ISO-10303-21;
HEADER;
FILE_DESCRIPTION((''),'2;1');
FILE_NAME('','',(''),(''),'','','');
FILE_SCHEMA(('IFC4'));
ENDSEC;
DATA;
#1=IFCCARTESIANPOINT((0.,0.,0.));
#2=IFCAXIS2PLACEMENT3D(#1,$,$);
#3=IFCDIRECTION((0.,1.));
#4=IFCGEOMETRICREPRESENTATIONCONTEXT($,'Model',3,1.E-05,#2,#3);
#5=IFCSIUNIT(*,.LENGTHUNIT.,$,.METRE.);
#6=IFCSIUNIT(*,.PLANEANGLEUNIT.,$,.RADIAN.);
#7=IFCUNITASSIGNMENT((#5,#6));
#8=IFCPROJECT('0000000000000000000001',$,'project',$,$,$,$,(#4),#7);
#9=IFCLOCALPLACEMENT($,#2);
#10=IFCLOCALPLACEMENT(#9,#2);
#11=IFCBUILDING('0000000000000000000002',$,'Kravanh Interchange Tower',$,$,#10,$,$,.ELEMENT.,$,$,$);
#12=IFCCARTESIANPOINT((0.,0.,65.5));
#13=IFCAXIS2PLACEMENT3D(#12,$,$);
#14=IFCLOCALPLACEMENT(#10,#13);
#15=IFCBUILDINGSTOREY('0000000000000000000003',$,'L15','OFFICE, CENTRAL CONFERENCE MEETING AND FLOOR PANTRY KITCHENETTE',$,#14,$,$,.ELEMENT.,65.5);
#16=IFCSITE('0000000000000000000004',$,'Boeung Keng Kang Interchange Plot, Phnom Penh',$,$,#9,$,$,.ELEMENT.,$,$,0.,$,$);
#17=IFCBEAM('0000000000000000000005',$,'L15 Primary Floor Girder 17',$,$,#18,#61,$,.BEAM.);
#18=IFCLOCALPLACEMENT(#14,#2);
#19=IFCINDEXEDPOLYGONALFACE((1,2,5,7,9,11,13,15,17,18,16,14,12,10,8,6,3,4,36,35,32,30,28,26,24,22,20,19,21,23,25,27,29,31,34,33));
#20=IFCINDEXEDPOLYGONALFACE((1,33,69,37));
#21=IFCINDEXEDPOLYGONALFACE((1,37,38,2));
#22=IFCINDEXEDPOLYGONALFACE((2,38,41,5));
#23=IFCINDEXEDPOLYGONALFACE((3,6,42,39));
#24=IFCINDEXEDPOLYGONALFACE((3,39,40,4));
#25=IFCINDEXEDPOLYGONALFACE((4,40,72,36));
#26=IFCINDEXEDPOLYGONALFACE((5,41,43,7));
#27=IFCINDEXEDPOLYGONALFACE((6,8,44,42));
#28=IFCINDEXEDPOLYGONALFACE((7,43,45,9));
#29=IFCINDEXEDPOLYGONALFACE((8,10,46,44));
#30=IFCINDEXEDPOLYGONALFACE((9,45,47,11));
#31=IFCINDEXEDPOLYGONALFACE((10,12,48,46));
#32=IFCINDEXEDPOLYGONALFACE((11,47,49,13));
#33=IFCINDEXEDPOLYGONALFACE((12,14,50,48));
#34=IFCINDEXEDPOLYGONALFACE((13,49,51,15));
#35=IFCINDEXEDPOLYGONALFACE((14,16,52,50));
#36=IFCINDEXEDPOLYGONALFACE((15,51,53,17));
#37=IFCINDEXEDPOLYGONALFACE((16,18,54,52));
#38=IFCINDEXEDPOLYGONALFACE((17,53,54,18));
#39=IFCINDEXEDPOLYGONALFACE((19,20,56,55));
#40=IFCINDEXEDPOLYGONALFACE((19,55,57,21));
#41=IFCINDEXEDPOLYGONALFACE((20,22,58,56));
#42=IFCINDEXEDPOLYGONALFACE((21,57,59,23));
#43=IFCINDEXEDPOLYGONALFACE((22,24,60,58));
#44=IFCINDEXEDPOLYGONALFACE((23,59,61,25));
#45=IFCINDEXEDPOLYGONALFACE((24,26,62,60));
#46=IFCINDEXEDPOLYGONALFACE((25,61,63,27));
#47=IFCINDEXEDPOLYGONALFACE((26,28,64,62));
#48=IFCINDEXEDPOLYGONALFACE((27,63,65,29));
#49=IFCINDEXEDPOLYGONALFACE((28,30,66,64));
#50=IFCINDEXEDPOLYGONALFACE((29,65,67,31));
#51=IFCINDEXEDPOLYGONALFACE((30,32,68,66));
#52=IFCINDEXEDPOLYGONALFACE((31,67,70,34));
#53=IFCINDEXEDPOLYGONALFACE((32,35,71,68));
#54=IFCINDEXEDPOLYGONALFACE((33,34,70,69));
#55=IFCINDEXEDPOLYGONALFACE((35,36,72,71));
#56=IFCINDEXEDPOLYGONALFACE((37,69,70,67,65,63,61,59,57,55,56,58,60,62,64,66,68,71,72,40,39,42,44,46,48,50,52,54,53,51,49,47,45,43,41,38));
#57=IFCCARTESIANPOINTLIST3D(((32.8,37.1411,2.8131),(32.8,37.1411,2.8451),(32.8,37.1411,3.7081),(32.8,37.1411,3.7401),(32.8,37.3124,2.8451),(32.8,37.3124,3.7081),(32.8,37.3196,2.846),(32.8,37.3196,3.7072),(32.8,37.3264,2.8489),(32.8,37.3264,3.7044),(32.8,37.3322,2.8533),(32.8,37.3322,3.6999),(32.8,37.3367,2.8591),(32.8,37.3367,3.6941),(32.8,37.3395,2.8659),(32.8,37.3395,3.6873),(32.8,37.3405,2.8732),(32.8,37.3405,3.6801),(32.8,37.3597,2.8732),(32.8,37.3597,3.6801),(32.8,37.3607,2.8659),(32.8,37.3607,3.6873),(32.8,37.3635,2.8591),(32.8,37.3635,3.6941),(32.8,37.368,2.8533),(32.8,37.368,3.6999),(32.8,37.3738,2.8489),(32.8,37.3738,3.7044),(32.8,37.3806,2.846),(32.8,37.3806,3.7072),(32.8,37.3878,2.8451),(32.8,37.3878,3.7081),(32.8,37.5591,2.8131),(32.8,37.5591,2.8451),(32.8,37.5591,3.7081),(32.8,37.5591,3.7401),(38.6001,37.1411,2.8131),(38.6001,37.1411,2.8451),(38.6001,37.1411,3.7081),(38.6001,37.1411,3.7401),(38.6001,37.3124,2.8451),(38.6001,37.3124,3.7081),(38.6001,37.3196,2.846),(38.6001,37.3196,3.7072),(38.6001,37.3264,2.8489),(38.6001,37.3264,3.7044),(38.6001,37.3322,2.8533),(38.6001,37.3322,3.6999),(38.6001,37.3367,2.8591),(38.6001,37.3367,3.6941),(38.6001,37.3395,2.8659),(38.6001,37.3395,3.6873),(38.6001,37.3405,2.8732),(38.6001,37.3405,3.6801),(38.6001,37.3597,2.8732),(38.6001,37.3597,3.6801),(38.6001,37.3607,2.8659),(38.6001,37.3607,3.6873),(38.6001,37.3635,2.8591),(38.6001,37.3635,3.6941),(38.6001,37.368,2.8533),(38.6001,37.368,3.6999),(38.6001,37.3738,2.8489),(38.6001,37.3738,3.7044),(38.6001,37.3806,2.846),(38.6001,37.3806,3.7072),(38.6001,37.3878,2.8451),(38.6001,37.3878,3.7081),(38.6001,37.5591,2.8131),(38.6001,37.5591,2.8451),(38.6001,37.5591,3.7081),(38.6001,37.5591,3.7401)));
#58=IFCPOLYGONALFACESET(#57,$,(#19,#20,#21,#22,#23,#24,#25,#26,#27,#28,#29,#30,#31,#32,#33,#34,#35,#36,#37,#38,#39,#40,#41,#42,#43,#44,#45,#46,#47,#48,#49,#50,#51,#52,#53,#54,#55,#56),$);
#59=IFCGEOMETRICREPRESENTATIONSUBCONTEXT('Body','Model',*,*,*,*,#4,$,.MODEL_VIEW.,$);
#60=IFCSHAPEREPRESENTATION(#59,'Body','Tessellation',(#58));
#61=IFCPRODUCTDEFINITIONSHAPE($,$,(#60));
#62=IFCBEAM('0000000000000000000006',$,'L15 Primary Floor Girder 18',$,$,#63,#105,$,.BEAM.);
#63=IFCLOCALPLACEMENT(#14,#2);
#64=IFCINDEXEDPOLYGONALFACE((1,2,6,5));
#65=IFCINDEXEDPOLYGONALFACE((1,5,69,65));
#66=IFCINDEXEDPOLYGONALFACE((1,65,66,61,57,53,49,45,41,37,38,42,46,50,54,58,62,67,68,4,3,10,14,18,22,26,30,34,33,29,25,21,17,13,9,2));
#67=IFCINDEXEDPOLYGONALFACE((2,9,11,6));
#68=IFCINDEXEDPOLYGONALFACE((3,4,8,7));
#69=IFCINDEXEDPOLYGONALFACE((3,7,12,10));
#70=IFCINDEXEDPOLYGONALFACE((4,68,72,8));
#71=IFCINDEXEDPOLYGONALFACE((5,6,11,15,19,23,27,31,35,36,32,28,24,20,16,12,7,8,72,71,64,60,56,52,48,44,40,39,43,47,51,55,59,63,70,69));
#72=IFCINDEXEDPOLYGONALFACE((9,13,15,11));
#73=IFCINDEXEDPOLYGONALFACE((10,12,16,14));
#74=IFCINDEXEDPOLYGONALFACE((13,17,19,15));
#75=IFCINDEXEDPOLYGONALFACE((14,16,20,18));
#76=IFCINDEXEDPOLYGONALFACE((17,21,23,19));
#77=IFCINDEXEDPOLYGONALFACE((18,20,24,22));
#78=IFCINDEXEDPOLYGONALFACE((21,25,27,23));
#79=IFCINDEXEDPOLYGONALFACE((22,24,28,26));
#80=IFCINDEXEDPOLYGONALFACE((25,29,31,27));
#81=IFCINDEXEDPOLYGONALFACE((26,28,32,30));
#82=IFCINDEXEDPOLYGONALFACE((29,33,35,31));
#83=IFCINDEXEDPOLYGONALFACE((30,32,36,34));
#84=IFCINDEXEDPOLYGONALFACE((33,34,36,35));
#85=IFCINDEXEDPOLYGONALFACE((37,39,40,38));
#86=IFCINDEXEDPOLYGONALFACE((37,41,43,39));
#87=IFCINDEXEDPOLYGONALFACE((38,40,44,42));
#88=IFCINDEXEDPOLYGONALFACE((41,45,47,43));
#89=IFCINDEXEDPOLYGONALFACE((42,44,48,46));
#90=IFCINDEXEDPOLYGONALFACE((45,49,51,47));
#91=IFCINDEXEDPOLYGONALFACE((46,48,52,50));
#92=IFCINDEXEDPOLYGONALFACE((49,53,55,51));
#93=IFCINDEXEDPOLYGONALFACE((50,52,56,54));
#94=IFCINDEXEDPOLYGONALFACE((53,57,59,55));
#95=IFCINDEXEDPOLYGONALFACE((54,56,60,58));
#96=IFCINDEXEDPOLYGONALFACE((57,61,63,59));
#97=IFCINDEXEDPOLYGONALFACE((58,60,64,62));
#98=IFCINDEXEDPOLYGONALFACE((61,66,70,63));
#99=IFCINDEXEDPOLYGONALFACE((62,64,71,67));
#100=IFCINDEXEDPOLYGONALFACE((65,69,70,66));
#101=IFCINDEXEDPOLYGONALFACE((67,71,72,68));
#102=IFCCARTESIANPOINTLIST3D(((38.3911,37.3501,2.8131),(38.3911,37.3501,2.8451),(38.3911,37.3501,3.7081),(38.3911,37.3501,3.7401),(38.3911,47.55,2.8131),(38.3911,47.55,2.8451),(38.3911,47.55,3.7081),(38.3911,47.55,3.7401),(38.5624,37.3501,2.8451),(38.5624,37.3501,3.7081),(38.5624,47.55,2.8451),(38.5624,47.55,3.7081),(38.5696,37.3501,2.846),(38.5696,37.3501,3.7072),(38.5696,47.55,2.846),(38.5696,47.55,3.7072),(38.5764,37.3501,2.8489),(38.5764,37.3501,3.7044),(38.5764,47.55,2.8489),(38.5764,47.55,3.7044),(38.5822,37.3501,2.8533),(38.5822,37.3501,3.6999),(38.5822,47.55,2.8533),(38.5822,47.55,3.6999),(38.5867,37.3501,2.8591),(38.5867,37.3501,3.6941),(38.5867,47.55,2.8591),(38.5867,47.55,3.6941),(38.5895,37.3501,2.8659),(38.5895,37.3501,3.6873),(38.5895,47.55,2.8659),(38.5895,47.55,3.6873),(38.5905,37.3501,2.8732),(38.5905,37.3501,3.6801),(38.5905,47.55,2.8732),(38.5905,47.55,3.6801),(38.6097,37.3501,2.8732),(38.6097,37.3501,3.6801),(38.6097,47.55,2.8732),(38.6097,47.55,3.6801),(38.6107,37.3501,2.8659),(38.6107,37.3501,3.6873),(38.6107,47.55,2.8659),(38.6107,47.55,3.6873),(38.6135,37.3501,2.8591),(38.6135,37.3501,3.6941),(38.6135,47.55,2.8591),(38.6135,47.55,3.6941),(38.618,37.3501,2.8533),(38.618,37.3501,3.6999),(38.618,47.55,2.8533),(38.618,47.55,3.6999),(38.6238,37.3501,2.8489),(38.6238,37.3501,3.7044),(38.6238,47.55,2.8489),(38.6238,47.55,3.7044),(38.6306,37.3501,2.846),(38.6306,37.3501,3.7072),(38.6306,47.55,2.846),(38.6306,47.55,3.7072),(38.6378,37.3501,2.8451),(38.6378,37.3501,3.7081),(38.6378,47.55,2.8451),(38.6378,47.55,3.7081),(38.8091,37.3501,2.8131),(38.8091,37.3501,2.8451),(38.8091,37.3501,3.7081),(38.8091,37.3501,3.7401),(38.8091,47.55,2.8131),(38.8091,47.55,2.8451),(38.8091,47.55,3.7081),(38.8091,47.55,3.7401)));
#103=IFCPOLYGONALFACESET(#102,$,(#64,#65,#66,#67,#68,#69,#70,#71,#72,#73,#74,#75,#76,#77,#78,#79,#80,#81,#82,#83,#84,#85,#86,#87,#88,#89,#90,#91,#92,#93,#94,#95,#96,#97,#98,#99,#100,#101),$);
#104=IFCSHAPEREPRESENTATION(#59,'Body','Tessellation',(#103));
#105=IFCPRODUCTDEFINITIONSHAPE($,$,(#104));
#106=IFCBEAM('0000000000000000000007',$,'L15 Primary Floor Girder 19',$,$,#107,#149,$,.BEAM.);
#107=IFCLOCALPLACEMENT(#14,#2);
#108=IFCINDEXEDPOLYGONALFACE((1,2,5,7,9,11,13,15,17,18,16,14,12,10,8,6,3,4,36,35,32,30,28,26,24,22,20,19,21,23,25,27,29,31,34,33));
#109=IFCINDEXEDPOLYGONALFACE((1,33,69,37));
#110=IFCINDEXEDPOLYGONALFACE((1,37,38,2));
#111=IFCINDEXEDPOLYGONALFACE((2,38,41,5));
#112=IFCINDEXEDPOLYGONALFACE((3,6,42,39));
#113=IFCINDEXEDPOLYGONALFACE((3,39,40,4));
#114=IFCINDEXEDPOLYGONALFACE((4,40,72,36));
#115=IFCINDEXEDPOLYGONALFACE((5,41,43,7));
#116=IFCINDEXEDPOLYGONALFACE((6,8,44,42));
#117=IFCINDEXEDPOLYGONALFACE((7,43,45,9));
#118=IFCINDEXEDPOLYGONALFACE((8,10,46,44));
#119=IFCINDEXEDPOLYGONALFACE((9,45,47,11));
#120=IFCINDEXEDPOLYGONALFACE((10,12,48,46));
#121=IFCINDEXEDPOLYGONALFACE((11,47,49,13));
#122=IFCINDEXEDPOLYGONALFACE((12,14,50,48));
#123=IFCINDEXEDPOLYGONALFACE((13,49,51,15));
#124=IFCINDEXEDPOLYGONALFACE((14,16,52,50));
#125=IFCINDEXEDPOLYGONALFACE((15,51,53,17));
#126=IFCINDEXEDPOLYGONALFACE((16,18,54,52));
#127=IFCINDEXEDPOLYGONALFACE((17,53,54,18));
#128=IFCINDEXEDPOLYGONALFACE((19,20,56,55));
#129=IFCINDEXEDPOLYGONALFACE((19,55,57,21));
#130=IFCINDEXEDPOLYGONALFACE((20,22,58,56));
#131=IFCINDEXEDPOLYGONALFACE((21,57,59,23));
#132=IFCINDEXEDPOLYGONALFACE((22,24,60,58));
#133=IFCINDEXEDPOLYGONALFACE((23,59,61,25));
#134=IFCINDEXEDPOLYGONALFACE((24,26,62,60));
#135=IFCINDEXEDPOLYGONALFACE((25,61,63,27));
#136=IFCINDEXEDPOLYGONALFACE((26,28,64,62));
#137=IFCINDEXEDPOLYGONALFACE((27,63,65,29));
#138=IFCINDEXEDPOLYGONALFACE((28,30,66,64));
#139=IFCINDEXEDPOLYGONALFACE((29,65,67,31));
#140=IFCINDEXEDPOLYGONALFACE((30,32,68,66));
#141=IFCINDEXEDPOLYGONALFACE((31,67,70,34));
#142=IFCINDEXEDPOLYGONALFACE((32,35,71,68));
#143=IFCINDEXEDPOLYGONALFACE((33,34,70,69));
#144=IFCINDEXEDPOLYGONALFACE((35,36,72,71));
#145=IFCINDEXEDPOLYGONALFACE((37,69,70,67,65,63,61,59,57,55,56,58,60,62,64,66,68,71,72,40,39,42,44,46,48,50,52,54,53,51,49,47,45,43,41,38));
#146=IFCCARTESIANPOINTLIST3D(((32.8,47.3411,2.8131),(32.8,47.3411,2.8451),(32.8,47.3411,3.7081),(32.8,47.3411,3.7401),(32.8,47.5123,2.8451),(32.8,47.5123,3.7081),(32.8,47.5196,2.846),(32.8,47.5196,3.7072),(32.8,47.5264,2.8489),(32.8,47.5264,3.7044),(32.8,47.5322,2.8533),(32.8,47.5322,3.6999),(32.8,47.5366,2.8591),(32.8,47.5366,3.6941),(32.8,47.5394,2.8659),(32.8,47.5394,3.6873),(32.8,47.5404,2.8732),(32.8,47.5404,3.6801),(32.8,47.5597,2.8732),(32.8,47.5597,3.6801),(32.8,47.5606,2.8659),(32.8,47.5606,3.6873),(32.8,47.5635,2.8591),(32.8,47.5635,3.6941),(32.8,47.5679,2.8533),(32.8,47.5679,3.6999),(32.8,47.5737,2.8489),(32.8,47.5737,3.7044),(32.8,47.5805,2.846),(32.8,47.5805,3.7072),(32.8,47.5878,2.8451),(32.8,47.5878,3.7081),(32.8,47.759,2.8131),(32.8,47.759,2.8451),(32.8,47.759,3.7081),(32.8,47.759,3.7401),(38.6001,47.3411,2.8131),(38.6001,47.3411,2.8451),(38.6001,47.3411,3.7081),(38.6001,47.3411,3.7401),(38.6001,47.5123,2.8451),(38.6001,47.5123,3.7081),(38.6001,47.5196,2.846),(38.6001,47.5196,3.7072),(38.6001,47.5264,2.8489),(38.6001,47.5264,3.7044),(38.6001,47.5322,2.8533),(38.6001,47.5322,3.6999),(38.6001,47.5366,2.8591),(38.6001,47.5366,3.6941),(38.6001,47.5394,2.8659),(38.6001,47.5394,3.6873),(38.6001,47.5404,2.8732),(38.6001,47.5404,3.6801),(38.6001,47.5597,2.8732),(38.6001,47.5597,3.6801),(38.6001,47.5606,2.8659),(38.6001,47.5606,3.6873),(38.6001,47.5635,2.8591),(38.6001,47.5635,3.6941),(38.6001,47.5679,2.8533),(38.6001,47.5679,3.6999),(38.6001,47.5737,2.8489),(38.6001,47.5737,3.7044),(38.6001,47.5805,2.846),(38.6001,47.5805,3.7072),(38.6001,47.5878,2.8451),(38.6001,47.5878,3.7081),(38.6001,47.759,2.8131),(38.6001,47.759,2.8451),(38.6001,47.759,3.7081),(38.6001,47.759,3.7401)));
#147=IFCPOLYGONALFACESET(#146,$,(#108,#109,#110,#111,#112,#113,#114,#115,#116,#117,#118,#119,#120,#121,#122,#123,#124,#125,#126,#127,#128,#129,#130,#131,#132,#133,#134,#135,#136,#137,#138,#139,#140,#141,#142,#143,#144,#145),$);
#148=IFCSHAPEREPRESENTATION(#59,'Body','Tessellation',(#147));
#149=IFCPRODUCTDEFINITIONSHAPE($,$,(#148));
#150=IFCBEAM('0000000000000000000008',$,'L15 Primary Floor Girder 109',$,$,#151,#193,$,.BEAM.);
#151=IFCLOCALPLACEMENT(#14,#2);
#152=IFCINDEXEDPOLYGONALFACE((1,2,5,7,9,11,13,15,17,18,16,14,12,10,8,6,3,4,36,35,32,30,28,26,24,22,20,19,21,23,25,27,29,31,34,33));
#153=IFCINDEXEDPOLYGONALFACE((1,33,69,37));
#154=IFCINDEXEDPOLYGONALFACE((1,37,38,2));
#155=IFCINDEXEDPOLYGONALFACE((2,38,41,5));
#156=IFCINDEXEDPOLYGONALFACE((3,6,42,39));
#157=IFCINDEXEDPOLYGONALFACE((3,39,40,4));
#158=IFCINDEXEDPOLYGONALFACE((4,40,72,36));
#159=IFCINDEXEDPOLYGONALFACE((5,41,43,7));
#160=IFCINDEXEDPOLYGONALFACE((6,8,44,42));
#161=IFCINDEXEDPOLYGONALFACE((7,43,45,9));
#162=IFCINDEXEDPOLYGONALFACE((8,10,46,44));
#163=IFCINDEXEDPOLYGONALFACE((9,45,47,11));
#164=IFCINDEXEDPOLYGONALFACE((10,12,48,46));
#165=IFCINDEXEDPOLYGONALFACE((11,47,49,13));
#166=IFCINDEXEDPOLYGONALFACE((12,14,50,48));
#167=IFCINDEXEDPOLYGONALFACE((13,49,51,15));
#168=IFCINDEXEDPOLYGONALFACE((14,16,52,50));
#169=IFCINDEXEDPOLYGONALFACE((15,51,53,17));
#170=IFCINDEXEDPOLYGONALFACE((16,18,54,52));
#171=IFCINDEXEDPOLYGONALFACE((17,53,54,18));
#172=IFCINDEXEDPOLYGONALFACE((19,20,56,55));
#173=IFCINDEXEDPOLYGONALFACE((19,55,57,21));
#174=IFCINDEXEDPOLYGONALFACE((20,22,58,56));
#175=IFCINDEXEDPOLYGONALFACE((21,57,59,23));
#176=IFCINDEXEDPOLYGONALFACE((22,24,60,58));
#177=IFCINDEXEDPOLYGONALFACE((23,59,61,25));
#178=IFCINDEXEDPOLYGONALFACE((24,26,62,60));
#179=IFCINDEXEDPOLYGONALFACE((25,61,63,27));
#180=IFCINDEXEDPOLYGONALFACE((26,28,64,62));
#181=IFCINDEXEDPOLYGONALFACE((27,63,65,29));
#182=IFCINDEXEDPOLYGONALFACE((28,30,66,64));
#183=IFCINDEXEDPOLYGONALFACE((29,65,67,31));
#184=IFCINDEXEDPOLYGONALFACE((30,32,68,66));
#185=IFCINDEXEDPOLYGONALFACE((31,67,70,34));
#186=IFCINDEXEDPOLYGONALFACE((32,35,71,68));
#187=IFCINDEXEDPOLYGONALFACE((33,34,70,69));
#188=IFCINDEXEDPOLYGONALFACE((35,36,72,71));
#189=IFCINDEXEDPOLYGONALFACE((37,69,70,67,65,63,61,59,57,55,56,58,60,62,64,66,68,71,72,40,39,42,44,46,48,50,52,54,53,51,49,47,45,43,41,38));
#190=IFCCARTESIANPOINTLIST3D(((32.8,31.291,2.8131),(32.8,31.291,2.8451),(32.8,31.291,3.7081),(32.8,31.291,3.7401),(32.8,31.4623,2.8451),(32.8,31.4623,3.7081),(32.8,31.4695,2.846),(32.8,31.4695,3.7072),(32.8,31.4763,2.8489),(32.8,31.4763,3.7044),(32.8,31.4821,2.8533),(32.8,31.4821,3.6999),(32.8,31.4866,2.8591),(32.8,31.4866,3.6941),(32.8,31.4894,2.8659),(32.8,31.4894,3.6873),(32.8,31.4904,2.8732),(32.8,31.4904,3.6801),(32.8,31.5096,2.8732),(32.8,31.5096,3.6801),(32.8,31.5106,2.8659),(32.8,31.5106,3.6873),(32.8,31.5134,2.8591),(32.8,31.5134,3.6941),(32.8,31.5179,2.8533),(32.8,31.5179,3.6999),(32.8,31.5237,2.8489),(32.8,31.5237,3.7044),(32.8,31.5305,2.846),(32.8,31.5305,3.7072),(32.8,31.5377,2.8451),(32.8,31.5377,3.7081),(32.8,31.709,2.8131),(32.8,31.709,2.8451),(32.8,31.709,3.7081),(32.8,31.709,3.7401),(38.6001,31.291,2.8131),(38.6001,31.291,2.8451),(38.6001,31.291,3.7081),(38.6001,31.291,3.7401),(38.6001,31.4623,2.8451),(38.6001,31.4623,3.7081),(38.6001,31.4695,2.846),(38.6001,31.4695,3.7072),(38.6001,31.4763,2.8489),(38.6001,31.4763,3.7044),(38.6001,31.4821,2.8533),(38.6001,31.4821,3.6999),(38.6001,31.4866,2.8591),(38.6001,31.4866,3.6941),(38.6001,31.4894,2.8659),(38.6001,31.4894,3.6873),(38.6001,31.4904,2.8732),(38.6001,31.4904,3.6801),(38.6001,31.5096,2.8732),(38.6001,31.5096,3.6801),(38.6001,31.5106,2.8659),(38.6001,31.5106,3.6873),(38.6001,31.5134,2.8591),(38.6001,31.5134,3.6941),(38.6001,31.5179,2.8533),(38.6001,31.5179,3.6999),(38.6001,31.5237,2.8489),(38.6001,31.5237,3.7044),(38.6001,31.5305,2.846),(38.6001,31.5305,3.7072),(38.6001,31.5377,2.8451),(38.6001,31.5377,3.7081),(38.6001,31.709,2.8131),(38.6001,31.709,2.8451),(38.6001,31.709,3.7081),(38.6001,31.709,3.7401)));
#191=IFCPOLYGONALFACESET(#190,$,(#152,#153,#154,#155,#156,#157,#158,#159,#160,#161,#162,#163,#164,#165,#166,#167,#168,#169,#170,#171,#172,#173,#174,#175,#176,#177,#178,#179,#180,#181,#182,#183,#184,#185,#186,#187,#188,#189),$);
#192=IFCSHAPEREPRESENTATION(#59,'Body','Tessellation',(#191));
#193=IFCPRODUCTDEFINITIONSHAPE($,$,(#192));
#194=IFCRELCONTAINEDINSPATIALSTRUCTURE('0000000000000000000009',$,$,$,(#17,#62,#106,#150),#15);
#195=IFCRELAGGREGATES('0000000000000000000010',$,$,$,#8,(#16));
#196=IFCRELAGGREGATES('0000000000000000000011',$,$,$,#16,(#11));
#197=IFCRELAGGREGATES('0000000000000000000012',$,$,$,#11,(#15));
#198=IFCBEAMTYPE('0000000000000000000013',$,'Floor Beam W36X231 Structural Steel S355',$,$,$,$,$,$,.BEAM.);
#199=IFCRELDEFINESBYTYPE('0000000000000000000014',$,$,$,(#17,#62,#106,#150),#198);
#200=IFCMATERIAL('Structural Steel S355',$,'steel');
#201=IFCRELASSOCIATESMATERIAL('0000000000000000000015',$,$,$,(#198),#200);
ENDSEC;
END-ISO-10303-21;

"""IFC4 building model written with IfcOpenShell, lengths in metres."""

from ifc_helpers import new_model, si_unit, direction, frame, origin, origin_2d, place, context, subcontext, project, spatial, i_section, extrude, material, material_profile, profile_set, type_object, element, save


model = new_model("IFC4")

# Units and contexts
model_context = context("Model", 3, precision=1e-05, world=origin(), true_north=direction((0.0, 1.0)))
body_context = subcontext(model_context, "Body", "Model", "MODEL_VIEW")
ifc_project = project(units=[si_unit("LENGTHUNIT", "METRE"), si_unit("PLANEANGLEUNIT", "RADIAN")], contexts=[model_context])

# Site, building, storey
site_placement = place(None, origin())
site = spatial("IfcSite", under=ifc_project, at=site_placement, Name="Boeung Keng Kang Interchange Plot, Phnom Penh", CompositionType="ELEMENT", RefElevation=0.0)
building_placement = place(site_placement, origin())
building = spatial("IfcBuilding", under=site, at=building_placement, Name="Kravanh Interchange Tower", CompositionType="ELEMENT")
storey_placement = place(building_placement, frame((0.0, 0.0, 65.5)))
storey = spatial("IfcBuildingStorey", under=building, at=storey_placement, Name="L15", Description="OFFICE, CENTRAL CONFERENCE MEETING AND FLOOR PANTRY KITCHENETTE", CompositionType="ELEMENT", Elevation=65.5)

# Beams
ifc_material_1 = material(Name="Structural Steel S355", Category="steel")
ifc_material_profile_1 = material_profile(ifc_material_1, i_section(OverallWidth=0.418, OverallDepth=0.927, WebThickness=0.0193, FlangeThickness=0.032, FilletRadius=0.0281, at=origin_2d()), Name="W36X231")
ifc_profile_set_1 = profile_set([ifc_material_profile_1], Name="Structural Steel S355")
beam_type_1 = type_object("IfcBeamType", Name="Floor Beam W36X231 Structural Steel S355", PredefinedType="BEAM", material=ifc_profile_set_1)
beam_1_placement = place(storey_placement, frame((38.6001, 37.3501, 3.2766), z_axis=(-1.0, 0.0, 0.0), x_axis=(0.0, -1.0, 0.0)))
element("IfcBeam", 1, at=beam_1_placement, inside=storey, type_object=beam_type_1, Name="L15 Primary Floor Girder 17", PredefinedType="BEAM", context=body_context, shape_type="SweptSolid", body=[
    extrude(i_section(OverallWidth=0.418, OverallDepth=0.927, WebThickness=0.0193, FlangeThickness=0.032, FilletRadius=0.0281, at=origin_2d()), origin(), (0.0, 0.0, 1.0), 5.8),
])
beam_2_placement = place(storey_placement, frame((38.6001, 37.3501, 3.2766), z_axis=(0.0, 1.0, 0.0), x_axis=(-1.0, 0.0, 0.0)))
element("IfcBeam", 2, at=beam_2_placement, inside=storey, type_object=beam_type_1, Name="L15 Primary Floor Girder 18", PredefinedType="BEAM", context=body_context, shape_type="SweptSolid", body=[
    extrude(i_section(OverallWidth=0.418, OverallDepth=0.927, WebThickness=0.0193, FlangeThickness=0.032, FilletRadius=0.0281, at=origin_2d()), origin(), (0.0, 0.0, 1.0), 10.2),
])
for number, where, z_axis, x_axis, name in (
    (3, (38.6001, 47.55, 3.2766), (-1.0, 0.0, 0.0), (0.0, -1.0, 0.0), "L15 Primary Floor Girder 19"),
    (4, (32.8, 31.5, 3.2766), (1.0, 0.0, 0.0), (0.0, 1.0, 0.0), "L15 Primary Floor Girder 109"),
):
    element("IfcBeam", number, at=place(storey_placement, frame(where, z_axis=z_axis, x_axis=x_axis)), inside=storey, type_object=beam_type_1, Name=name, PredefinedType="BEAM", context=body_context, shape_type="SweptSolid", body=[
        extrude(i_section(OverallWidth=0.418, OverallDepth=0.927, WebThickness=0.0193, FlangeThickness=0.032, FilletRadius=0.0281, at=origin_2d()), origin(), (0.0, 0.0, 1.0), 5.8),
    ])

save(model, "model.ifc")
